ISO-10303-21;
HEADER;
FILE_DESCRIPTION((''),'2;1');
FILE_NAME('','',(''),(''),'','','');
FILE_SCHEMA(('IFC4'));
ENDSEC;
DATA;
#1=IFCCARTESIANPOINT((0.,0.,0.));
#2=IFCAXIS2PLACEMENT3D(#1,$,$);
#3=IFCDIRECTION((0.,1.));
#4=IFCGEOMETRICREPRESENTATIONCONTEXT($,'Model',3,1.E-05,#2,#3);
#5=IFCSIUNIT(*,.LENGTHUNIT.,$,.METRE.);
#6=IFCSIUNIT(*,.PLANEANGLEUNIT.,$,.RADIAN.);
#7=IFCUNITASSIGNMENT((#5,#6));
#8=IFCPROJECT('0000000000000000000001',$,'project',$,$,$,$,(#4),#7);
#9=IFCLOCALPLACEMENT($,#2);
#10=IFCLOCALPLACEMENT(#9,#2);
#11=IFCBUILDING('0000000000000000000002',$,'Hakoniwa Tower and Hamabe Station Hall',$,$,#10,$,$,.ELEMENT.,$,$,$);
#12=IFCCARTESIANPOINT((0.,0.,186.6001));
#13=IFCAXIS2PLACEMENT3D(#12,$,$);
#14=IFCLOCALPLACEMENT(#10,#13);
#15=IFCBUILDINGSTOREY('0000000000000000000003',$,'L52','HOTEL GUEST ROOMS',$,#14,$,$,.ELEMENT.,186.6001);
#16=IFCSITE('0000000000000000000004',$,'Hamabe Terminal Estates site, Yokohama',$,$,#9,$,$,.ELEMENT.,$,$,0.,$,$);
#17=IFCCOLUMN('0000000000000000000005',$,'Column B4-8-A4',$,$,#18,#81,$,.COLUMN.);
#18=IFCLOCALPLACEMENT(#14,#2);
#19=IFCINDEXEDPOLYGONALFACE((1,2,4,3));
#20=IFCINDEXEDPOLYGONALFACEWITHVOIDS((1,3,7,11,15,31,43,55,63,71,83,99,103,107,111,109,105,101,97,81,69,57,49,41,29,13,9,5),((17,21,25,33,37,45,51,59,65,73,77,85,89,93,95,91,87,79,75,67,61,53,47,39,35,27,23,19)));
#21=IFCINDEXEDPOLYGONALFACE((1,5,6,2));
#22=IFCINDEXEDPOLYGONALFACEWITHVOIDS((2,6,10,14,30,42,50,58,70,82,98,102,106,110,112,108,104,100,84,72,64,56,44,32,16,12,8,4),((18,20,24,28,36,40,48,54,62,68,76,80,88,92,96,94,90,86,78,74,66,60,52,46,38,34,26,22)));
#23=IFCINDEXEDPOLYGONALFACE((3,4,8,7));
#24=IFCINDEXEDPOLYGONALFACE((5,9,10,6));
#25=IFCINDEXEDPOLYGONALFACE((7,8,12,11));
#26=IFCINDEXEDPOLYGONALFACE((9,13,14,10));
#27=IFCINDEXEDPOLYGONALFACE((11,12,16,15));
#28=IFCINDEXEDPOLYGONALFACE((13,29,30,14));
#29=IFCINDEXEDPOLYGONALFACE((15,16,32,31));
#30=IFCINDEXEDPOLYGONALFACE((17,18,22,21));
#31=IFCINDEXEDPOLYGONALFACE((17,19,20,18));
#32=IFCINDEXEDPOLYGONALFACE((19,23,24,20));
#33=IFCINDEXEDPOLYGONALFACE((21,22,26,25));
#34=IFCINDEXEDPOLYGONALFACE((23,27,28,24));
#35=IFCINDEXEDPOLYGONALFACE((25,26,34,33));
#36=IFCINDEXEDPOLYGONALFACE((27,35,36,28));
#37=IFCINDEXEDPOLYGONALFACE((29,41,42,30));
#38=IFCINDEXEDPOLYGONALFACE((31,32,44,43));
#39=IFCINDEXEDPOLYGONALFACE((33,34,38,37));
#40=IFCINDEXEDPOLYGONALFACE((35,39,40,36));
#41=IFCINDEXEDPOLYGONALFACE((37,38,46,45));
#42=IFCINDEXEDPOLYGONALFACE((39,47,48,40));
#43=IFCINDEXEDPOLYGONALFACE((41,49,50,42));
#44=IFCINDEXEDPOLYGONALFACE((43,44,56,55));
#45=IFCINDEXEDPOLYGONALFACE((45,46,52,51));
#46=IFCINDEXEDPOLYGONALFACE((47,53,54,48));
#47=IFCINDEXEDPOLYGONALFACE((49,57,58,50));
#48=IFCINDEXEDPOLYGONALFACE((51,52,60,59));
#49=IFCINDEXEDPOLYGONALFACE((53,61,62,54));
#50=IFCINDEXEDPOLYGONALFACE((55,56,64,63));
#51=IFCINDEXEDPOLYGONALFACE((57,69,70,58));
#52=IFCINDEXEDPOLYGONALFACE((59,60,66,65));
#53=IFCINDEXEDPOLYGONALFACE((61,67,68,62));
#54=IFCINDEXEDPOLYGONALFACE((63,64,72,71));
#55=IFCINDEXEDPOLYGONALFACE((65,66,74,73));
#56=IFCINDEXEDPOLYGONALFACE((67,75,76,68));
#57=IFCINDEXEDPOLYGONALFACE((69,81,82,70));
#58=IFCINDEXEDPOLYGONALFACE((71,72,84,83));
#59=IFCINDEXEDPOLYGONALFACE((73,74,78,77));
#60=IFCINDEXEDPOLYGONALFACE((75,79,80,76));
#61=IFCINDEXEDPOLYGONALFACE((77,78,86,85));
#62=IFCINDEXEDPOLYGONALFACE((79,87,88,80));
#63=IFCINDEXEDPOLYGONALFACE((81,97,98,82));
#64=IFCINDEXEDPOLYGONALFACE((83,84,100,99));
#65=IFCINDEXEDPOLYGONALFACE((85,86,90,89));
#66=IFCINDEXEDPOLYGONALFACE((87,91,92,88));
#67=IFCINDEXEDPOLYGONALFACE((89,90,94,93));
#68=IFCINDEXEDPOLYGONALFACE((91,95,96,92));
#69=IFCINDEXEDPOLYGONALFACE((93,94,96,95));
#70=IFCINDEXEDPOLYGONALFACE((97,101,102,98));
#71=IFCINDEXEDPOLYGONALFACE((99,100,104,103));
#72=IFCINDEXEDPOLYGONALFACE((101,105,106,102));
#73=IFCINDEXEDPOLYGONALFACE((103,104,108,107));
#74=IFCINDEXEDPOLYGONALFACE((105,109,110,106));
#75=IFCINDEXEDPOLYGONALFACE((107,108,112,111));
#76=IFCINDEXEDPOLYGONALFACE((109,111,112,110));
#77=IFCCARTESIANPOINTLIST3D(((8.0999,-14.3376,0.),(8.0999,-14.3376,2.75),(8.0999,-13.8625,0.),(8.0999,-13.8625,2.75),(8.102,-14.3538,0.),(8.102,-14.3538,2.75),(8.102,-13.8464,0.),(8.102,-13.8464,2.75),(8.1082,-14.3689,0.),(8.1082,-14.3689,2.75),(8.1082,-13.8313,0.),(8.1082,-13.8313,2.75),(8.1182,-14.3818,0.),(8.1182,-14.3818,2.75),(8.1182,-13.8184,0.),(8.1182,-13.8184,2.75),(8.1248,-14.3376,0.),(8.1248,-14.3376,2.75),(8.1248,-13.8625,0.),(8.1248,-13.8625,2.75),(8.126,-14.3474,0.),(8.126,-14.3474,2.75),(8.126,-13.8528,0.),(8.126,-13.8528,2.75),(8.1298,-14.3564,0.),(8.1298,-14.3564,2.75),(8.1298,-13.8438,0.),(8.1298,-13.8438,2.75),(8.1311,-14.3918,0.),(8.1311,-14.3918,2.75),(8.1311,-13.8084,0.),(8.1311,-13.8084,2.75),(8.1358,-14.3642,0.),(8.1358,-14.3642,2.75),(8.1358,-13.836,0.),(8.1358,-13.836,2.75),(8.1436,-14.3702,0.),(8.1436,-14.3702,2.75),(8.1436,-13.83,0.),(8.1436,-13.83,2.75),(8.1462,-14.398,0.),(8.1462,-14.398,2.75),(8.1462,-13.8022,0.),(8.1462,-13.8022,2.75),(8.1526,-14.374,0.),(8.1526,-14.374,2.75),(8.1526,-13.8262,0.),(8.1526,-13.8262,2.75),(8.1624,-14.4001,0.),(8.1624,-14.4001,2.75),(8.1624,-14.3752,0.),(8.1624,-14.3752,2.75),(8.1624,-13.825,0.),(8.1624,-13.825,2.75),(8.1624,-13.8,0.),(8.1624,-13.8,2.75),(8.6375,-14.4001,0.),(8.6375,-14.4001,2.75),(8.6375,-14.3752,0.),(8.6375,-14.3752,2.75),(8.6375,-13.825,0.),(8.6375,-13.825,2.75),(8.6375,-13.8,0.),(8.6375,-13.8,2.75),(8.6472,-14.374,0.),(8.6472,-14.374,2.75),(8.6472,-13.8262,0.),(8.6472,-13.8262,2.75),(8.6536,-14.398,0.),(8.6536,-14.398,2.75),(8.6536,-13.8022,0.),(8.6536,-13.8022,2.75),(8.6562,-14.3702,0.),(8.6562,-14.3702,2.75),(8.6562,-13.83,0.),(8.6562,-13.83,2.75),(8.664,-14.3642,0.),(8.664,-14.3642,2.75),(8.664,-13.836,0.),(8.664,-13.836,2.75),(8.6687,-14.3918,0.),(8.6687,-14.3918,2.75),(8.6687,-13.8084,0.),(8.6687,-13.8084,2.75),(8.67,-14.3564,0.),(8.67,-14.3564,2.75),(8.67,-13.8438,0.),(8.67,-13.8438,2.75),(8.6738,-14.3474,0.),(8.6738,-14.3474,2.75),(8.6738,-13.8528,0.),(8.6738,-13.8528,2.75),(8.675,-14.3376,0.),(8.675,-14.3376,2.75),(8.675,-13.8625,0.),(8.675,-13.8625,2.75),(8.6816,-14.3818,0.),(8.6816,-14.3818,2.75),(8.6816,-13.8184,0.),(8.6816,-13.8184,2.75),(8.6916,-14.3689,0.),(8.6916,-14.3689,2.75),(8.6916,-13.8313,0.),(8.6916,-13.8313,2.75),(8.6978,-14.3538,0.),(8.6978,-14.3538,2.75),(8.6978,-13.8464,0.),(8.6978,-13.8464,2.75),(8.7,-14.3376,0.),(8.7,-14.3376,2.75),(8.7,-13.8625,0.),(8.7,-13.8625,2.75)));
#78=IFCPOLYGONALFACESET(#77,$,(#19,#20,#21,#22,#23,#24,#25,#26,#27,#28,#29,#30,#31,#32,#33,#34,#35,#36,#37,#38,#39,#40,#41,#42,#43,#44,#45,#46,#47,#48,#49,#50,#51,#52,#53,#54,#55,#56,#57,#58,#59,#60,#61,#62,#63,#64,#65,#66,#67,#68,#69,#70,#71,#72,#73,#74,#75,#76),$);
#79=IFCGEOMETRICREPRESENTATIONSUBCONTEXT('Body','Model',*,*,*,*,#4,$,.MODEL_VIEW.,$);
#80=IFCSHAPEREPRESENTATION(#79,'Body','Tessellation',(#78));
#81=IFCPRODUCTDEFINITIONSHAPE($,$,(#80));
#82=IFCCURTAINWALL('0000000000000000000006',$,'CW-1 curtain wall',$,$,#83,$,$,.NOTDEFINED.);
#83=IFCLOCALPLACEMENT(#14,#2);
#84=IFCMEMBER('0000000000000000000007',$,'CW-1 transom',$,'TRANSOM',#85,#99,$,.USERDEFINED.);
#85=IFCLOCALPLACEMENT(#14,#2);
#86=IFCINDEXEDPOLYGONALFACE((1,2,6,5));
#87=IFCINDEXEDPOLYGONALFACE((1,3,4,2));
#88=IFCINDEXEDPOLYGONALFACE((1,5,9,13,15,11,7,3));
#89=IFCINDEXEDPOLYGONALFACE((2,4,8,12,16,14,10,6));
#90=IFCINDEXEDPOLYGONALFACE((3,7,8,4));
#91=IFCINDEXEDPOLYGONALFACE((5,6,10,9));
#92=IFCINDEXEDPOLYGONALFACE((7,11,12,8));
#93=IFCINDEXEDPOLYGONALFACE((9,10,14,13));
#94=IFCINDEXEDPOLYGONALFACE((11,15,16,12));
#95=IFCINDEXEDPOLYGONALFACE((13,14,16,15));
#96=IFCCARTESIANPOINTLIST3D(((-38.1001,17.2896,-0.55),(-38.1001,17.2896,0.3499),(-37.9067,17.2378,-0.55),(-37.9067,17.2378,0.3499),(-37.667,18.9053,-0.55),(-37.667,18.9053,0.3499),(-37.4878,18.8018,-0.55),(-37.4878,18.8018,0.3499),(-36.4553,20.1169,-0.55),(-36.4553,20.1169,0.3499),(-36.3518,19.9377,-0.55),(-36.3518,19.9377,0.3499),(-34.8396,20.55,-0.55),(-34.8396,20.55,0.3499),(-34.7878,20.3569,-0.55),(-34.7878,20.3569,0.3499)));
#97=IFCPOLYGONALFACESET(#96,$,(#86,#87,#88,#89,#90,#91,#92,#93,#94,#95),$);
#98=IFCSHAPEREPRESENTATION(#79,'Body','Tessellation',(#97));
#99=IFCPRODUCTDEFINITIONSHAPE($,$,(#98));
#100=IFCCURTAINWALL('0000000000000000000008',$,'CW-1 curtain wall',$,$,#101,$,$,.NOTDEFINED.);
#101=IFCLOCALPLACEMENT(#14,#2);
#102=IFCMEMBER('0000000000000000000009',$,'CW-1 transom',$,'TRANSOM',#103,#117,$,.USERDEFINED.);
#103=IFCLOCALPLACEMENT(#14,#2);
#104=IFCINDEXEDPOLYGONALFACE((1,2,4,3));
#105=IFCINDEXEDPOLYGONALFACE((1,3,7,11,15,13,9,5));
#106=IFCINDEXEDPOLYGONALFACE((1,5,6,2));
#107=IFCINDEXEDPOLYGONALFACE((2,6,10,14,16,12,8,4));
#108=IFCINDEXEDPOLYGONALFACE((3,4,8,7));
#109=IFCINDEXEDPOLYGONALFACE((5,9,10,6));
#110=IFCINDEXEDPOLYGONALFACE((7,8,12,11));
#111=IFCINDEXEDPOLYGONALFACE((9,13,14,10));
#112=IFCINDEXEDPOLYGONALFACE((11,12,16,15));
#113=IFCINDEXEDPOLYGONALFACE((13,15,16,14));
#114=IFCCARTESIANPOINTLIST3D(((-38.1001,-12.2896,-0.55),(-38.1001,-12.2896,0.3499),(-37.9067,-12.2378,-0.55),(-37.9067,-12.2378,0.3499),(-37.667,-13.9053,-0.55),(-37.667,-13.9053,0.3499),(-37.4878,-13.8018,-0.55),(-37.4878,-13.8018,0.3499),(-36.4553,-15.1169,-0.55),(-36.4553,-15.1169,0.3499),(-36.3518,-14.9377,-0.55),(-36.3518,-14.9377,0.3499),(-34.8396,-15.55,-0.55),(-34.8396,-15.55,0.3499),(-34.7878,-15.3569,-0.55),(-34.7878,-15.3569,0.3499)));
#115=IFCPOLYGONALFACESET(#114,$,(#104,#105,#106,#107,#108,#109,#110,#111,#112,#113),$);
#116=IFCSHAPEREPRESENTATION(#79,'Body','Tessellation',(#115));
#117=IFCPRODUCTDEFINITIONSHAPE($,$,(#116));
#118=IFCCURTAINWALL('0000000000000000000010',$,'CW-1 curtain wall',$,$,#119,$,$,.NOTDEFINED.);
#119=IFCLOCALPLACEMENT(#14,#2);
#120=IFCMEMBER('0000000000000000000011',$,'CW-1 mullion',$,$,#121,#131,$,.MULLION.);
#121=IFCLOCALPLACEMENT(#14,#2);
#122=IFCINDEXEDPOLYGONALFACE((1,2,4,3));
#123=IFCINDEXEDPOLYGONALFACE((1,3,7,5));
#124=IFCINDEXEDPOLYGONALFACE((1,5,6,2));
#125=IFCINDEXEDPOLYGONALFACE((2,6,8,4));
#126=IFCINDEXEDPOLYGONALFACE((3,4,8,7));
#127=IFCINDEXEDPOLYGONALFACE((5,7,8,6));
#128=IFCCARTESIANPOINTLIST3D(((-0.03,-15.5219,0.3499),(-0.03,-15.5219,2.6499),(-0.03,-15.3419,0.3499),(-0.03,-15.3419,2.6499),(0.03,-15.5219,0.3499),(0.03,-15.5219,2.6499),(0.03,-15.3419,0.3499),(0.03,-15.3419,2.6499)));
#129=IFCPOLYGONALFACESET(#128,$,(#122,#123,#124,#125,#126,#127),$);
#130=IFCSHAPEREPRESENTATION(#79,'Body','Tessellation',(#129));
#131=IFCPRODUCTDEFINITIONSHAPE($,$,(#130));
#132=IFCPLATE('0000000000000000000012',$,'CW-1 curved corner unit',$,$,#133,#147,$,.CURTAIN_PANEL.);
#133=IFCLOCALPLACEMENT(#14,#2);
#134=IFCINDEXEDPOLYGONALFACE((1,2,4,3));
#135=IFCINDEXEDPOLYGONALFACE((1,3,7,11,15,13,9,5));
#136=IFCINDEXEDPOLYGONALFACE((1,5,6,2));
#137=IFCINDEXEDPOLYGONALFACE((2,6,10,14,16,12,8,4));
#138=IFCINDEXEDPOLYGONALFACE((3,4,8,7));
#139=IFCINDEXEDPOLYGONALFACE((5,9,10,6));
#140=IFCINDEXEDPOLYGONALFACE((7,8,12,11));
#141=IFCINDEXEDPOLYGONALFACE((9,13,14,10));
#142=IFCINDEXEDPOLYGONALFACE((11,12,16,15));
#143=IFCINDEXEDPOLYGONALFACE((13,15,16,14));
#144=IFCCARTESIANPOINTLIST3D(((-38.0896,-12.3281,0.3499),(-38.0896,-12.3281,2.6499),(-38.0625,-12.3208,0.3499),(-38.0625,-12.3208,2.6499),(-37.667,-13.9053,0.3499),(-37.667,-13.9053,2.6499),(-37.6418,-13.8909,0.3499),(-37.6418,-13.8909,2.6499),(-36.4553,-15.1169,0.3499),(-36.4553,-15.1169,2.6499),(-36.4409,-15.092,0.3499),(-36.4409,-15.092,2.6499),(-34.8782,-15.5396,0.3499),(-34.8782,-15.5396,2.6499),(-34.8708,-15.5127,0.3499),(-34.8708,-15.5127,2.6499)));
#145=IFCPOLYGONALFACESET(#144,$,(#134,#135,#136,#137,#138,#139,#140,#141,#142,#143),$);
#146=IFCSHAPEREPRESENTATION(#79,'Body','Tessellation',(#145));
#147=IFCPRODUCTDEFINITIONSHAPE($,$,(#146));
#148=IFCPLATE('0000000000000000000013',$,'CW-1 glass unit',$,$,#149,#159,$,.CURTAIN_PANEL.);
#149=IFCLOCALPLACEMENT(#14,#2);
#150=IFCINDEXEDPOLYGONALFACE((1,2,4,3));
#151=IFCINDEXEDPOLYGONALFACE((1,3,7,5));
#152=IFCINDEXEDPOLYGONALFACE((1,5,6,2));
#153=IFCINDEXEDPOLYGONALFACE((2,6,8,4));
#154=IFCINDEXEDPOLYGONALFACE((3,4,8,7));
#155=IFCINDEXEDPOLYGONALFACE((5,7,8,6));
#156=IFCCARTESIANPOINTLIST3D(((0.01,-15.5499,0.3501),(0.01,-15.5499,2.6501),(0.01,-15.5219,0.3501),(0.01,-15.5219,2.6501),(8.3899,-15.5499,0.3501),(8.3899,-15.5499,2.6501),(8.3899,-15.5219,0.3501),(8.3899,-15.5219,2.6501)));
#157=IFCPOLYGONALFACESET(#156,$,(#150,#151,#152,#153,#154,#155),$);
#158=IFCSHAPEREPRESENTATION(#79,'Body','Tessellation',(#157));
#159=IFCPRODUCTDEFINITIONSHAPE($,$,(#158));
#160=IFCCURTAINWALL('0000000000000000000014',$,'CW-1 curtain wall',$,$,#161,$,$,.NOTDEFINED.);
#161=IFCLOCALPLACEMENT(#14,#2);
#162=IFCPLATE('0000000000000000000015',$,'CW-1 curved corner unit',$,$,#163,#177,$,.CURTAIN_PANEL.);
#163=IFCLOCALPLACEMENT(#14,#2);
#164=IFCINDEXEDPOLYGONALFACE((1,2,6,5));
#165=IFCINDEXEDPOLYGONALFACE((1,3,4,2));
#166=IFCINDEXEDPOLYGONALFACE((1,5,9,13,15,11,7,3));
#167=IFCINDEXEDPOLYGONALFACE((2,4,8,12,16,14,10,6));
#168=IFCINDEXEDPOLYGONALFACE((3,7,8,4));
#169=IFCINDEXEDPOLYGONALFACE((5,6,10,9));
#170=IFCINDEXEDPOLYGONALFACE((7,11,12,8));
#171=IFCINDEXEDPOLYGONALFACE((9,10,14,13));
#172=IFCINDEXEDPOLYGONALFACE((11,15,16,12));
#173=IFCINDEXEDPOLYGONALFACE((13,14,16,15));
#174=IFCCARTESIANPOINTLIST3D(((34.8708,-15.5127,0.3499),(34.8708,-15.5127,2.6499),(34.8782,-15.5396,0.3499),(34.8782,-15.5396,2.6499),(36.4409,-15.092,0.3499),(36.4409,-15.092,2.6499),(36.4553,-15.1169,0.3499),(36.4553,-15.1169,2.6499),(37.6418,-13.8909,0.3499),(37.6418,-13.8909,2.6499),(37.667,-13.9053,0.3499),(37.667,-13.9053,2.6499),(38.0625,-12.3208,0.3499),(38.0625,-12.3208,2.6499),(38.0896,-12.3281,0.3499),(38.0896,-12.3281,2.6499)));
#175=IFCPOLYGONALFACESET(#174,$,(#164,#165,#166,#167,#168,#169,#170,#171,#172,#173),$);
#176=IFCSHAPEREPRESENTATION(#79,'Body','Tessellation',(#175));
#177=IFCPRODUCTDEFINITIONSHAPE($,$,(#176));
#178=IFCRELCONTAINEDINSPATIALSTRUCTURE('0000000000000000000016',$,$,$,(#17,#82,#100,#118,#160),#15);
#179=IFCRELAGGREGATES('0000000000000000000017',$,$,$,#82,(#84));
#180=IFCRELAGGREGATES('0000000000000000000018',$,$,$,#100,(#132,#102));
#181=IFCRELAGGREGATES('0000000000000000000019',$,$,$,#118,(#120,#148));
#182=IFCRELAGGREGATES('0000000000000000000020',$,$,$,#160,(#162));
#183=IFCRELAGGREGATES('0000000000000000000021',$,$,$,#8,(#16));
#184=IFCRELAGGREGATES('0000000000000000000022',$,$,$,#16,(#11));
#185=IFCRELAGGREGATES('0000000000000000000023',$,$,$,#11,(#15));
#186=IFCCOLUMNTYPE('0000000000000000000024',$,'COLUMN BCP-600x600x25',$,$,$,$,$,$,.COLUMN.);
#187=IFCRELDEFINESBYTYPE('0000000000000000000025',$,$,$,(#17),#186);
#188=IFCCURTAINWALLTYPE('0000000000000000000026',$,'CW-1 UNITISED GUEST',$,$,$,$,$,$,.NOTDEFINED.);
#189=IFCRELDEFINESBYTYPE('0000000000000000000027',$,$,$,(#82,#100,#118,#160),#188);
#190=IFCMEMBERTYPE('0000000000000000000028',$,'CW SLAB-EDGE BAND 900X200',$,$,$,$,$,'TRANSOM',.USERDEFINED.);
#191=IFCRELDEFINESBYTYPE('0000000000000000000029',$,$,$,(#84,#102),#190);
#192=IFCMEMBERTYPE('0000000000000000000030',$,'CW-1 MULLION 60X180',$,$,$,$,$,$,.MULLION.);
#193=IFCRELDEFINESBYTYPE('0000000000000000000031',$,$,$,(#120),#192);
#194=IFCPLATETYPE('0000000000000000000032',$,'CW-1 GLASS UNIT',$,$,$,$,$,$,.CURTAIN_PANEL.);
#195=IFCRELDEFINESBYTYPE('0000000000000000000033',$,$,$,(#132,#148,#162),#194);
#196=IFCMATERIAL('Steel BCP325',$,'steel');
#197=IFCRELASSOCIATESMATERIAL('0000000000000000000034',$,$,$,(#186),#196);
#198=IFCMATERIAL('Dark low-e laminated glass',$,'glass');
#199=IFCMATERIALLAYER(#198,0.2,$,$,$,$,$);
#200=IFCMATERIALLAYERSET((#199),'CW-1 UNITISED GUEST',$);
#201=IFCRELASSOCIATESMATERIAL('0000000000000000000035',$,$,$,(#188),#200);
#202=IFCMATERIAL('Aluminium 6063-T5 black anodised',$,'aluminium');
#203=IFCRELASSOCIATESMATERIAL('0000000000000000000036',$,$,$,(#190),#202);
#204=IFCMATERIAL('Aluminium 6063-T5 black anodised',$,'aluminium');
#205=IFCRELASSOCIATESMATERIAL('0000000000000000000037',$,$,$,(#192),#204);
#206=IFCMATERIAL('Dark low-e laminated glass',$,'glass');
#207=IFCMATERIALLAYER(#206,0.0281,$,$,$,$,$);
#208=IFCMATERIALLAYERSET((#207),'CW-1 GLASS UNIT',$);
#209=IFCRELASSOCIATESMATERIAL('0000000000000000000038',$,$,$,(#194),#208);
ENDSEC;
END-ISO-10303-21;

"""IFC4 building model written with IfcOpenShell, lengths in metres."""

from ifc_helpers import new_model, si_unit, direction, frame, origin, origin_2d, place, context, subcontext, project, spatial, polyline, rectangle, hollow_rectangle, outline, extrude, material, layer, layer_set, material_profile, profile_set, type_object, element, aggregate, save


model = new_model("IFC4")

# Units and contexts
model_context = context("Model", 3, precision=1e-05, world=origin(), true_north=direction((0.0, 1.0)))
body_context = subcontext(model_context, "Body", "Model", "MODEL_VIEW")
ifc_project = project(units=[si_unit("LENGTHUNIT", "METRE"), si_unit("PLANEANGLEUNIT", "RADIAN")], contexts=[model_context])

# Site, building, storey
site_placement = place(None, origin())
site = spatial("IfcSite", under=ifc_project, at=site_placement, Name="Hamabe Terminal Estates site, Yokohama", CompositionType="ELEMENT", RefElevation=0.0)
building_placement = place(site_placement, origin())
building = spatial("IfcBuilding", under=site, at=building_placement, Name="Hakoniwa Tower and Hamabe Station Hall", CompositionType="ELEMENT")
storey_placement = place(building_placement, frame((0.0, 0.0, 186.6001)))
storey = spatial("IfcBuildingStorey", under=building, at=storey_placement, Name="L52", Description="HOTEL GUEST ROOMS", CompositionType="ELEMENT", Elevation=186.6001)

# Column
ifc_material_1 = material(Name="Steel BCP325", Category="steel")
ifc_material_profile_1 = material_profile(ifc_material_1, hollow_rectangle(XDim=0.6001, YDim=0.6001, WallThickness=0.0249, InnerFilletRadius=0.0376, OuterFilletRadius=0.0625, at=origin_2d()), Name="BCP-600x600x25")
ifc_profile_set_1 = profile_set([ifc_material_profile_1], Name="Steel BCP325")
column_type = type_object("IfcColumnType", Name="COLUMN BCP-600x600x25", PredefinedType="COLUMN", material=ifc_profile_set_1)
column_placement = place(storey_placement, frame((8.3999, -14.1001, 0.0), z_axis=(0.0, 0.0, 1.0), x_axis=(1.0, 0.0, 0.0)))
element("IfcColumn", 1, at=column_placement, inside=storey, type_object=column_type, Name="Column B4-8-A4", PredefinedType="COLUMN", context=body_context, shape_type="SweptSolid", body=[
    extrude(hollow_rectangle(XDim=0.6001, YDim=0.6001, WallThickness=0.0249, InnerFilletRadius=0.0376, OuterFilletRadius=0.0625, at=origin_2d()), origin(), (0.0, 0.0, 1.0), 2.75),
])

# Curtain walls, members
ifc_material_2 = material(Name="Dark low-e laminated glass", Category="glass")
ifc_layer_1 = layer(ifc_material_2, 0.2)
ifc_layer_set_1 = layer_set([ifc_layer_1], Name="CW-1 UNITISED GUEST")
curtain_wall_type = type_object("IfcCurtainWallType", Name="CW-1 UNITISED GUEST", PredefinedType="NOTDEFINED", material=ifc_layer_set_1)
curtain_wall_1_placement = place(storey_placement, origin())
curtain_wall_1 = element("IfcCurtainWall", 2, at=curtain_wall_1_placement, inside=storey, type_object=curtain_wall_type, Name="CW-1 curtain wall", PredefinedType="NOTDEFINED")
ifc_material_3 = material(Name="Aluminium 6063-T5 black anodised", Category="aluminium")
ifc_material_profile_2 = material_profile(ifc_material_3, rectangle(XDim=0.2, YDim=0.8999, at=origin_2d()), Name="CW SLAB-EDGE BAND 900X200")
ifc_profile_set_2 = profile_set([ifc_material_profile_2], Name="Aluminium 6063-T5 black anodised")
member_type_1 = type_object("IfcMemberType", Name="CW SLAB-EDGE BAND 900X200", ElementType="TRANSOM", PredefinedType="USERDEFINED", material=ifc_profile_set_2)
member_1_placement = place(storey_placement, frame((0.0, 0.0, -0.55)))
member_1 = element("IfcMember", 3, at=member_1_placement, type_object=member_type_1, Name="CW-1 transom", ObjectType="TRANSOM", PredefinedType="USERDEFINED", context=body_context, shape_type="SweptSolid", body=[
    extrude(outline(polyline([(-34.8396, 20.55), (-36.4553, 20.1169), (-37.667, 18.9053), (-38.1001, 17.2896), (-37.9067, 17.2378), (-37.4878, 18.8018), (-36.3518, 19.9377), (-34.7878, 20.3569), (-34.8396, 20.55)])), origin(), (0.0, 0.0, 1.0), 0.8999),
])
aggregate(curtain_wall_1, [member_1])
curtain_wall_2_placement = place(storey_placement, origin())
curtain_wall_2 = element("IfcCurtainWall", 4, at=curtain_wall_2_placement, inside=storey, type_object=curtain_wall_type, Name="CW-1 curtain wall", PredefinedType="NOTDEFINED")
member_2_placement = place(storey_placement, frame((0.0, 0.0, -0.55)))
member_2 = element("IfcMember", 5, at=member_2_placement, type_object=member_type_1, Name="CW-1 transom", ObjectType="TRANSOM", PredefinedType="USERDEFINED", context=body_context, shape_type="SweptSolid", body=[
    extrude(outline(polyline([(-38.1001, -12.2896), (-37.667, -13.9053), (-36.4553, -15.1169), (-34.8396, -15.55), (-34.7878, -15.3569), (-36.3518, -14.9377), (-37.4878, -13.8018), (-37.9067, -12.2378), (-38.1001, -12.2896)])), origin(), (0.0, 0.0, 1.0), 0.8999),
])
curtain_wall_3_placement = place(storey_placement, origin())
curtain_wall_3 = element("IfcCurtainWall", 6, at=curtain_wall_3_placement, inside=storey, type_object=curtain_wall_type, Name="CW-1 curtain wall", PredefinedType="NOTDEFINED")
ifc_material_4 = material(Name="Aluminium 6063-T5 black anodised", Category="aluminium")
ifc_material_profile_3 = material_profile(ifc_material_4, rectangle(XDim=0.0601, YDim=0.1799, at=origin_2d()), Name="CW-1 MULLION 60X180")
ifc_profile_set_3 = profile_set([ifc_material_profile_3], Name="Aluminium 6063-T5 black anodised")
member_type_2 = type_object("IfcMemberType", Name="CW-1 MULLION 60X180", PredefinedType="MULLION", material=ifc_profile_set_3)
member_3_placement = place(storey_placement, frame((0.0, -15.4319, 0.3499), z_axis=(0.0, 0.0, 1.0), x_axis=(1.0, 0.0, 0.0)))
member_3 = element("IfcMember", 7, at=member_3_placement, type_object=member_type_2, Name="CW-1 mullion", PredefinedType="MULLION", context=body_context, shape_type="SweptSolid", body=[
    extrude(rectangle(XDim=0.0601, YDim=0.1799, at=origin_2d()), origin(), (0.0, 0.0, 1.0), 2.3),
])

# Plates
ifc_material_5 = material(Name="Dark low-e laminated glass", Category="glass")
ifc_layer_2 = layer(ifc_material_5, 0.0281)
ifc_layer_set_2 = layer_set([ifc_layer_2], Name="CW-1 GLASS UNIT")
plate_type = type_object("IfcPlateType", Name="CW-1 GLASS UNIT", PredefinedType="CURTAIN_PANEL", material=ifc_layer_set_2)
plate_1_placement = place(storey_placement, frame((0.0, 0.0, 0.3499)))
plate_1 = element("IfcPlate", 8, at=plate_1_placement, type_object=plate_type, Name="CW-1 curved corner unit", PredefinedType="CURTAIN_PANEL", context=body_context, shape_type="SweptSolid", body=[
    extrude(outline(polyline([(-38.0896, -12.3281), (-37.667, -13.9053), (-36.4553, -15.1169), (-34.8782, -15.5396), (-34.8708, -15.5127), (-36.4409, -15.092), (-37.6418, -13.8909), (-38.0625, -12.3208), (-38.0896, -12.3281)])), origin(), (0.0, 0.0, 1.0), 2.3),
])
aggregate(curtain_wall_2, [plate_1, member_2])
plate_2_placement = place(storey_placement, frame((4.2, -15.5359, 0.3501), z_axis=(0.0, 0.0, 1.0), x_axis=(1.0, 0.0, 0.0)))
plate_2 = element("IfcPlate", 9, at=plate_2_placement, type_object=plate_type, Name="CW-1 glass unit", PredefinedType="CURTAIN_PANEL", context=body_context, shape_type="SweptSolid", body=[
    extrude(rectangle(XDim=8.3799, YDim=0.0281, at=origin_2d()), origin(), (0.0, 0.0, 1.0), 2.3),
])
aggregate(curtain_wall_3, [member_3, plate_2])

# Curtain wall, plate
curtain_wall_4_placement = place(storey_placement, origin())
curtain_wall_4 = element("IfcCurtainWall", 10, at=curtain_wall_4_placement, inside=storey, type_object=curtain_wall_type, Name="CW-1 curtain wall", PredefinedType="NOTDEFINED")
plate_3_placement = place(storey_placement, frame((0.0, 0.0, 0.3499)))
plate_3 = element("IfcPlate", 11, at=plate_3_placement, type_object=plate_type, Name="CW-1 curved corner unit", PredefinedType="CURTAIN_PANEL", context=body_context, shape_type="SweptSolid", body=[
    extrude(outline(polyline([(34.8782, -15.5396), (36.4553, -15.1169), (37.667, -13.9053), (38.0896, -12.3281), (38.0625, -12.3208), (37.6418, -13.8909), (36.4409, -15.092), (34.8708, -15.5127), (34.8782, -15.5396)])), origin(), (0.0, 0.0, 1.0), 2.3),
])
aggregate(curtain_wall_4, [plate_3])

save(model, "model.ifc")
